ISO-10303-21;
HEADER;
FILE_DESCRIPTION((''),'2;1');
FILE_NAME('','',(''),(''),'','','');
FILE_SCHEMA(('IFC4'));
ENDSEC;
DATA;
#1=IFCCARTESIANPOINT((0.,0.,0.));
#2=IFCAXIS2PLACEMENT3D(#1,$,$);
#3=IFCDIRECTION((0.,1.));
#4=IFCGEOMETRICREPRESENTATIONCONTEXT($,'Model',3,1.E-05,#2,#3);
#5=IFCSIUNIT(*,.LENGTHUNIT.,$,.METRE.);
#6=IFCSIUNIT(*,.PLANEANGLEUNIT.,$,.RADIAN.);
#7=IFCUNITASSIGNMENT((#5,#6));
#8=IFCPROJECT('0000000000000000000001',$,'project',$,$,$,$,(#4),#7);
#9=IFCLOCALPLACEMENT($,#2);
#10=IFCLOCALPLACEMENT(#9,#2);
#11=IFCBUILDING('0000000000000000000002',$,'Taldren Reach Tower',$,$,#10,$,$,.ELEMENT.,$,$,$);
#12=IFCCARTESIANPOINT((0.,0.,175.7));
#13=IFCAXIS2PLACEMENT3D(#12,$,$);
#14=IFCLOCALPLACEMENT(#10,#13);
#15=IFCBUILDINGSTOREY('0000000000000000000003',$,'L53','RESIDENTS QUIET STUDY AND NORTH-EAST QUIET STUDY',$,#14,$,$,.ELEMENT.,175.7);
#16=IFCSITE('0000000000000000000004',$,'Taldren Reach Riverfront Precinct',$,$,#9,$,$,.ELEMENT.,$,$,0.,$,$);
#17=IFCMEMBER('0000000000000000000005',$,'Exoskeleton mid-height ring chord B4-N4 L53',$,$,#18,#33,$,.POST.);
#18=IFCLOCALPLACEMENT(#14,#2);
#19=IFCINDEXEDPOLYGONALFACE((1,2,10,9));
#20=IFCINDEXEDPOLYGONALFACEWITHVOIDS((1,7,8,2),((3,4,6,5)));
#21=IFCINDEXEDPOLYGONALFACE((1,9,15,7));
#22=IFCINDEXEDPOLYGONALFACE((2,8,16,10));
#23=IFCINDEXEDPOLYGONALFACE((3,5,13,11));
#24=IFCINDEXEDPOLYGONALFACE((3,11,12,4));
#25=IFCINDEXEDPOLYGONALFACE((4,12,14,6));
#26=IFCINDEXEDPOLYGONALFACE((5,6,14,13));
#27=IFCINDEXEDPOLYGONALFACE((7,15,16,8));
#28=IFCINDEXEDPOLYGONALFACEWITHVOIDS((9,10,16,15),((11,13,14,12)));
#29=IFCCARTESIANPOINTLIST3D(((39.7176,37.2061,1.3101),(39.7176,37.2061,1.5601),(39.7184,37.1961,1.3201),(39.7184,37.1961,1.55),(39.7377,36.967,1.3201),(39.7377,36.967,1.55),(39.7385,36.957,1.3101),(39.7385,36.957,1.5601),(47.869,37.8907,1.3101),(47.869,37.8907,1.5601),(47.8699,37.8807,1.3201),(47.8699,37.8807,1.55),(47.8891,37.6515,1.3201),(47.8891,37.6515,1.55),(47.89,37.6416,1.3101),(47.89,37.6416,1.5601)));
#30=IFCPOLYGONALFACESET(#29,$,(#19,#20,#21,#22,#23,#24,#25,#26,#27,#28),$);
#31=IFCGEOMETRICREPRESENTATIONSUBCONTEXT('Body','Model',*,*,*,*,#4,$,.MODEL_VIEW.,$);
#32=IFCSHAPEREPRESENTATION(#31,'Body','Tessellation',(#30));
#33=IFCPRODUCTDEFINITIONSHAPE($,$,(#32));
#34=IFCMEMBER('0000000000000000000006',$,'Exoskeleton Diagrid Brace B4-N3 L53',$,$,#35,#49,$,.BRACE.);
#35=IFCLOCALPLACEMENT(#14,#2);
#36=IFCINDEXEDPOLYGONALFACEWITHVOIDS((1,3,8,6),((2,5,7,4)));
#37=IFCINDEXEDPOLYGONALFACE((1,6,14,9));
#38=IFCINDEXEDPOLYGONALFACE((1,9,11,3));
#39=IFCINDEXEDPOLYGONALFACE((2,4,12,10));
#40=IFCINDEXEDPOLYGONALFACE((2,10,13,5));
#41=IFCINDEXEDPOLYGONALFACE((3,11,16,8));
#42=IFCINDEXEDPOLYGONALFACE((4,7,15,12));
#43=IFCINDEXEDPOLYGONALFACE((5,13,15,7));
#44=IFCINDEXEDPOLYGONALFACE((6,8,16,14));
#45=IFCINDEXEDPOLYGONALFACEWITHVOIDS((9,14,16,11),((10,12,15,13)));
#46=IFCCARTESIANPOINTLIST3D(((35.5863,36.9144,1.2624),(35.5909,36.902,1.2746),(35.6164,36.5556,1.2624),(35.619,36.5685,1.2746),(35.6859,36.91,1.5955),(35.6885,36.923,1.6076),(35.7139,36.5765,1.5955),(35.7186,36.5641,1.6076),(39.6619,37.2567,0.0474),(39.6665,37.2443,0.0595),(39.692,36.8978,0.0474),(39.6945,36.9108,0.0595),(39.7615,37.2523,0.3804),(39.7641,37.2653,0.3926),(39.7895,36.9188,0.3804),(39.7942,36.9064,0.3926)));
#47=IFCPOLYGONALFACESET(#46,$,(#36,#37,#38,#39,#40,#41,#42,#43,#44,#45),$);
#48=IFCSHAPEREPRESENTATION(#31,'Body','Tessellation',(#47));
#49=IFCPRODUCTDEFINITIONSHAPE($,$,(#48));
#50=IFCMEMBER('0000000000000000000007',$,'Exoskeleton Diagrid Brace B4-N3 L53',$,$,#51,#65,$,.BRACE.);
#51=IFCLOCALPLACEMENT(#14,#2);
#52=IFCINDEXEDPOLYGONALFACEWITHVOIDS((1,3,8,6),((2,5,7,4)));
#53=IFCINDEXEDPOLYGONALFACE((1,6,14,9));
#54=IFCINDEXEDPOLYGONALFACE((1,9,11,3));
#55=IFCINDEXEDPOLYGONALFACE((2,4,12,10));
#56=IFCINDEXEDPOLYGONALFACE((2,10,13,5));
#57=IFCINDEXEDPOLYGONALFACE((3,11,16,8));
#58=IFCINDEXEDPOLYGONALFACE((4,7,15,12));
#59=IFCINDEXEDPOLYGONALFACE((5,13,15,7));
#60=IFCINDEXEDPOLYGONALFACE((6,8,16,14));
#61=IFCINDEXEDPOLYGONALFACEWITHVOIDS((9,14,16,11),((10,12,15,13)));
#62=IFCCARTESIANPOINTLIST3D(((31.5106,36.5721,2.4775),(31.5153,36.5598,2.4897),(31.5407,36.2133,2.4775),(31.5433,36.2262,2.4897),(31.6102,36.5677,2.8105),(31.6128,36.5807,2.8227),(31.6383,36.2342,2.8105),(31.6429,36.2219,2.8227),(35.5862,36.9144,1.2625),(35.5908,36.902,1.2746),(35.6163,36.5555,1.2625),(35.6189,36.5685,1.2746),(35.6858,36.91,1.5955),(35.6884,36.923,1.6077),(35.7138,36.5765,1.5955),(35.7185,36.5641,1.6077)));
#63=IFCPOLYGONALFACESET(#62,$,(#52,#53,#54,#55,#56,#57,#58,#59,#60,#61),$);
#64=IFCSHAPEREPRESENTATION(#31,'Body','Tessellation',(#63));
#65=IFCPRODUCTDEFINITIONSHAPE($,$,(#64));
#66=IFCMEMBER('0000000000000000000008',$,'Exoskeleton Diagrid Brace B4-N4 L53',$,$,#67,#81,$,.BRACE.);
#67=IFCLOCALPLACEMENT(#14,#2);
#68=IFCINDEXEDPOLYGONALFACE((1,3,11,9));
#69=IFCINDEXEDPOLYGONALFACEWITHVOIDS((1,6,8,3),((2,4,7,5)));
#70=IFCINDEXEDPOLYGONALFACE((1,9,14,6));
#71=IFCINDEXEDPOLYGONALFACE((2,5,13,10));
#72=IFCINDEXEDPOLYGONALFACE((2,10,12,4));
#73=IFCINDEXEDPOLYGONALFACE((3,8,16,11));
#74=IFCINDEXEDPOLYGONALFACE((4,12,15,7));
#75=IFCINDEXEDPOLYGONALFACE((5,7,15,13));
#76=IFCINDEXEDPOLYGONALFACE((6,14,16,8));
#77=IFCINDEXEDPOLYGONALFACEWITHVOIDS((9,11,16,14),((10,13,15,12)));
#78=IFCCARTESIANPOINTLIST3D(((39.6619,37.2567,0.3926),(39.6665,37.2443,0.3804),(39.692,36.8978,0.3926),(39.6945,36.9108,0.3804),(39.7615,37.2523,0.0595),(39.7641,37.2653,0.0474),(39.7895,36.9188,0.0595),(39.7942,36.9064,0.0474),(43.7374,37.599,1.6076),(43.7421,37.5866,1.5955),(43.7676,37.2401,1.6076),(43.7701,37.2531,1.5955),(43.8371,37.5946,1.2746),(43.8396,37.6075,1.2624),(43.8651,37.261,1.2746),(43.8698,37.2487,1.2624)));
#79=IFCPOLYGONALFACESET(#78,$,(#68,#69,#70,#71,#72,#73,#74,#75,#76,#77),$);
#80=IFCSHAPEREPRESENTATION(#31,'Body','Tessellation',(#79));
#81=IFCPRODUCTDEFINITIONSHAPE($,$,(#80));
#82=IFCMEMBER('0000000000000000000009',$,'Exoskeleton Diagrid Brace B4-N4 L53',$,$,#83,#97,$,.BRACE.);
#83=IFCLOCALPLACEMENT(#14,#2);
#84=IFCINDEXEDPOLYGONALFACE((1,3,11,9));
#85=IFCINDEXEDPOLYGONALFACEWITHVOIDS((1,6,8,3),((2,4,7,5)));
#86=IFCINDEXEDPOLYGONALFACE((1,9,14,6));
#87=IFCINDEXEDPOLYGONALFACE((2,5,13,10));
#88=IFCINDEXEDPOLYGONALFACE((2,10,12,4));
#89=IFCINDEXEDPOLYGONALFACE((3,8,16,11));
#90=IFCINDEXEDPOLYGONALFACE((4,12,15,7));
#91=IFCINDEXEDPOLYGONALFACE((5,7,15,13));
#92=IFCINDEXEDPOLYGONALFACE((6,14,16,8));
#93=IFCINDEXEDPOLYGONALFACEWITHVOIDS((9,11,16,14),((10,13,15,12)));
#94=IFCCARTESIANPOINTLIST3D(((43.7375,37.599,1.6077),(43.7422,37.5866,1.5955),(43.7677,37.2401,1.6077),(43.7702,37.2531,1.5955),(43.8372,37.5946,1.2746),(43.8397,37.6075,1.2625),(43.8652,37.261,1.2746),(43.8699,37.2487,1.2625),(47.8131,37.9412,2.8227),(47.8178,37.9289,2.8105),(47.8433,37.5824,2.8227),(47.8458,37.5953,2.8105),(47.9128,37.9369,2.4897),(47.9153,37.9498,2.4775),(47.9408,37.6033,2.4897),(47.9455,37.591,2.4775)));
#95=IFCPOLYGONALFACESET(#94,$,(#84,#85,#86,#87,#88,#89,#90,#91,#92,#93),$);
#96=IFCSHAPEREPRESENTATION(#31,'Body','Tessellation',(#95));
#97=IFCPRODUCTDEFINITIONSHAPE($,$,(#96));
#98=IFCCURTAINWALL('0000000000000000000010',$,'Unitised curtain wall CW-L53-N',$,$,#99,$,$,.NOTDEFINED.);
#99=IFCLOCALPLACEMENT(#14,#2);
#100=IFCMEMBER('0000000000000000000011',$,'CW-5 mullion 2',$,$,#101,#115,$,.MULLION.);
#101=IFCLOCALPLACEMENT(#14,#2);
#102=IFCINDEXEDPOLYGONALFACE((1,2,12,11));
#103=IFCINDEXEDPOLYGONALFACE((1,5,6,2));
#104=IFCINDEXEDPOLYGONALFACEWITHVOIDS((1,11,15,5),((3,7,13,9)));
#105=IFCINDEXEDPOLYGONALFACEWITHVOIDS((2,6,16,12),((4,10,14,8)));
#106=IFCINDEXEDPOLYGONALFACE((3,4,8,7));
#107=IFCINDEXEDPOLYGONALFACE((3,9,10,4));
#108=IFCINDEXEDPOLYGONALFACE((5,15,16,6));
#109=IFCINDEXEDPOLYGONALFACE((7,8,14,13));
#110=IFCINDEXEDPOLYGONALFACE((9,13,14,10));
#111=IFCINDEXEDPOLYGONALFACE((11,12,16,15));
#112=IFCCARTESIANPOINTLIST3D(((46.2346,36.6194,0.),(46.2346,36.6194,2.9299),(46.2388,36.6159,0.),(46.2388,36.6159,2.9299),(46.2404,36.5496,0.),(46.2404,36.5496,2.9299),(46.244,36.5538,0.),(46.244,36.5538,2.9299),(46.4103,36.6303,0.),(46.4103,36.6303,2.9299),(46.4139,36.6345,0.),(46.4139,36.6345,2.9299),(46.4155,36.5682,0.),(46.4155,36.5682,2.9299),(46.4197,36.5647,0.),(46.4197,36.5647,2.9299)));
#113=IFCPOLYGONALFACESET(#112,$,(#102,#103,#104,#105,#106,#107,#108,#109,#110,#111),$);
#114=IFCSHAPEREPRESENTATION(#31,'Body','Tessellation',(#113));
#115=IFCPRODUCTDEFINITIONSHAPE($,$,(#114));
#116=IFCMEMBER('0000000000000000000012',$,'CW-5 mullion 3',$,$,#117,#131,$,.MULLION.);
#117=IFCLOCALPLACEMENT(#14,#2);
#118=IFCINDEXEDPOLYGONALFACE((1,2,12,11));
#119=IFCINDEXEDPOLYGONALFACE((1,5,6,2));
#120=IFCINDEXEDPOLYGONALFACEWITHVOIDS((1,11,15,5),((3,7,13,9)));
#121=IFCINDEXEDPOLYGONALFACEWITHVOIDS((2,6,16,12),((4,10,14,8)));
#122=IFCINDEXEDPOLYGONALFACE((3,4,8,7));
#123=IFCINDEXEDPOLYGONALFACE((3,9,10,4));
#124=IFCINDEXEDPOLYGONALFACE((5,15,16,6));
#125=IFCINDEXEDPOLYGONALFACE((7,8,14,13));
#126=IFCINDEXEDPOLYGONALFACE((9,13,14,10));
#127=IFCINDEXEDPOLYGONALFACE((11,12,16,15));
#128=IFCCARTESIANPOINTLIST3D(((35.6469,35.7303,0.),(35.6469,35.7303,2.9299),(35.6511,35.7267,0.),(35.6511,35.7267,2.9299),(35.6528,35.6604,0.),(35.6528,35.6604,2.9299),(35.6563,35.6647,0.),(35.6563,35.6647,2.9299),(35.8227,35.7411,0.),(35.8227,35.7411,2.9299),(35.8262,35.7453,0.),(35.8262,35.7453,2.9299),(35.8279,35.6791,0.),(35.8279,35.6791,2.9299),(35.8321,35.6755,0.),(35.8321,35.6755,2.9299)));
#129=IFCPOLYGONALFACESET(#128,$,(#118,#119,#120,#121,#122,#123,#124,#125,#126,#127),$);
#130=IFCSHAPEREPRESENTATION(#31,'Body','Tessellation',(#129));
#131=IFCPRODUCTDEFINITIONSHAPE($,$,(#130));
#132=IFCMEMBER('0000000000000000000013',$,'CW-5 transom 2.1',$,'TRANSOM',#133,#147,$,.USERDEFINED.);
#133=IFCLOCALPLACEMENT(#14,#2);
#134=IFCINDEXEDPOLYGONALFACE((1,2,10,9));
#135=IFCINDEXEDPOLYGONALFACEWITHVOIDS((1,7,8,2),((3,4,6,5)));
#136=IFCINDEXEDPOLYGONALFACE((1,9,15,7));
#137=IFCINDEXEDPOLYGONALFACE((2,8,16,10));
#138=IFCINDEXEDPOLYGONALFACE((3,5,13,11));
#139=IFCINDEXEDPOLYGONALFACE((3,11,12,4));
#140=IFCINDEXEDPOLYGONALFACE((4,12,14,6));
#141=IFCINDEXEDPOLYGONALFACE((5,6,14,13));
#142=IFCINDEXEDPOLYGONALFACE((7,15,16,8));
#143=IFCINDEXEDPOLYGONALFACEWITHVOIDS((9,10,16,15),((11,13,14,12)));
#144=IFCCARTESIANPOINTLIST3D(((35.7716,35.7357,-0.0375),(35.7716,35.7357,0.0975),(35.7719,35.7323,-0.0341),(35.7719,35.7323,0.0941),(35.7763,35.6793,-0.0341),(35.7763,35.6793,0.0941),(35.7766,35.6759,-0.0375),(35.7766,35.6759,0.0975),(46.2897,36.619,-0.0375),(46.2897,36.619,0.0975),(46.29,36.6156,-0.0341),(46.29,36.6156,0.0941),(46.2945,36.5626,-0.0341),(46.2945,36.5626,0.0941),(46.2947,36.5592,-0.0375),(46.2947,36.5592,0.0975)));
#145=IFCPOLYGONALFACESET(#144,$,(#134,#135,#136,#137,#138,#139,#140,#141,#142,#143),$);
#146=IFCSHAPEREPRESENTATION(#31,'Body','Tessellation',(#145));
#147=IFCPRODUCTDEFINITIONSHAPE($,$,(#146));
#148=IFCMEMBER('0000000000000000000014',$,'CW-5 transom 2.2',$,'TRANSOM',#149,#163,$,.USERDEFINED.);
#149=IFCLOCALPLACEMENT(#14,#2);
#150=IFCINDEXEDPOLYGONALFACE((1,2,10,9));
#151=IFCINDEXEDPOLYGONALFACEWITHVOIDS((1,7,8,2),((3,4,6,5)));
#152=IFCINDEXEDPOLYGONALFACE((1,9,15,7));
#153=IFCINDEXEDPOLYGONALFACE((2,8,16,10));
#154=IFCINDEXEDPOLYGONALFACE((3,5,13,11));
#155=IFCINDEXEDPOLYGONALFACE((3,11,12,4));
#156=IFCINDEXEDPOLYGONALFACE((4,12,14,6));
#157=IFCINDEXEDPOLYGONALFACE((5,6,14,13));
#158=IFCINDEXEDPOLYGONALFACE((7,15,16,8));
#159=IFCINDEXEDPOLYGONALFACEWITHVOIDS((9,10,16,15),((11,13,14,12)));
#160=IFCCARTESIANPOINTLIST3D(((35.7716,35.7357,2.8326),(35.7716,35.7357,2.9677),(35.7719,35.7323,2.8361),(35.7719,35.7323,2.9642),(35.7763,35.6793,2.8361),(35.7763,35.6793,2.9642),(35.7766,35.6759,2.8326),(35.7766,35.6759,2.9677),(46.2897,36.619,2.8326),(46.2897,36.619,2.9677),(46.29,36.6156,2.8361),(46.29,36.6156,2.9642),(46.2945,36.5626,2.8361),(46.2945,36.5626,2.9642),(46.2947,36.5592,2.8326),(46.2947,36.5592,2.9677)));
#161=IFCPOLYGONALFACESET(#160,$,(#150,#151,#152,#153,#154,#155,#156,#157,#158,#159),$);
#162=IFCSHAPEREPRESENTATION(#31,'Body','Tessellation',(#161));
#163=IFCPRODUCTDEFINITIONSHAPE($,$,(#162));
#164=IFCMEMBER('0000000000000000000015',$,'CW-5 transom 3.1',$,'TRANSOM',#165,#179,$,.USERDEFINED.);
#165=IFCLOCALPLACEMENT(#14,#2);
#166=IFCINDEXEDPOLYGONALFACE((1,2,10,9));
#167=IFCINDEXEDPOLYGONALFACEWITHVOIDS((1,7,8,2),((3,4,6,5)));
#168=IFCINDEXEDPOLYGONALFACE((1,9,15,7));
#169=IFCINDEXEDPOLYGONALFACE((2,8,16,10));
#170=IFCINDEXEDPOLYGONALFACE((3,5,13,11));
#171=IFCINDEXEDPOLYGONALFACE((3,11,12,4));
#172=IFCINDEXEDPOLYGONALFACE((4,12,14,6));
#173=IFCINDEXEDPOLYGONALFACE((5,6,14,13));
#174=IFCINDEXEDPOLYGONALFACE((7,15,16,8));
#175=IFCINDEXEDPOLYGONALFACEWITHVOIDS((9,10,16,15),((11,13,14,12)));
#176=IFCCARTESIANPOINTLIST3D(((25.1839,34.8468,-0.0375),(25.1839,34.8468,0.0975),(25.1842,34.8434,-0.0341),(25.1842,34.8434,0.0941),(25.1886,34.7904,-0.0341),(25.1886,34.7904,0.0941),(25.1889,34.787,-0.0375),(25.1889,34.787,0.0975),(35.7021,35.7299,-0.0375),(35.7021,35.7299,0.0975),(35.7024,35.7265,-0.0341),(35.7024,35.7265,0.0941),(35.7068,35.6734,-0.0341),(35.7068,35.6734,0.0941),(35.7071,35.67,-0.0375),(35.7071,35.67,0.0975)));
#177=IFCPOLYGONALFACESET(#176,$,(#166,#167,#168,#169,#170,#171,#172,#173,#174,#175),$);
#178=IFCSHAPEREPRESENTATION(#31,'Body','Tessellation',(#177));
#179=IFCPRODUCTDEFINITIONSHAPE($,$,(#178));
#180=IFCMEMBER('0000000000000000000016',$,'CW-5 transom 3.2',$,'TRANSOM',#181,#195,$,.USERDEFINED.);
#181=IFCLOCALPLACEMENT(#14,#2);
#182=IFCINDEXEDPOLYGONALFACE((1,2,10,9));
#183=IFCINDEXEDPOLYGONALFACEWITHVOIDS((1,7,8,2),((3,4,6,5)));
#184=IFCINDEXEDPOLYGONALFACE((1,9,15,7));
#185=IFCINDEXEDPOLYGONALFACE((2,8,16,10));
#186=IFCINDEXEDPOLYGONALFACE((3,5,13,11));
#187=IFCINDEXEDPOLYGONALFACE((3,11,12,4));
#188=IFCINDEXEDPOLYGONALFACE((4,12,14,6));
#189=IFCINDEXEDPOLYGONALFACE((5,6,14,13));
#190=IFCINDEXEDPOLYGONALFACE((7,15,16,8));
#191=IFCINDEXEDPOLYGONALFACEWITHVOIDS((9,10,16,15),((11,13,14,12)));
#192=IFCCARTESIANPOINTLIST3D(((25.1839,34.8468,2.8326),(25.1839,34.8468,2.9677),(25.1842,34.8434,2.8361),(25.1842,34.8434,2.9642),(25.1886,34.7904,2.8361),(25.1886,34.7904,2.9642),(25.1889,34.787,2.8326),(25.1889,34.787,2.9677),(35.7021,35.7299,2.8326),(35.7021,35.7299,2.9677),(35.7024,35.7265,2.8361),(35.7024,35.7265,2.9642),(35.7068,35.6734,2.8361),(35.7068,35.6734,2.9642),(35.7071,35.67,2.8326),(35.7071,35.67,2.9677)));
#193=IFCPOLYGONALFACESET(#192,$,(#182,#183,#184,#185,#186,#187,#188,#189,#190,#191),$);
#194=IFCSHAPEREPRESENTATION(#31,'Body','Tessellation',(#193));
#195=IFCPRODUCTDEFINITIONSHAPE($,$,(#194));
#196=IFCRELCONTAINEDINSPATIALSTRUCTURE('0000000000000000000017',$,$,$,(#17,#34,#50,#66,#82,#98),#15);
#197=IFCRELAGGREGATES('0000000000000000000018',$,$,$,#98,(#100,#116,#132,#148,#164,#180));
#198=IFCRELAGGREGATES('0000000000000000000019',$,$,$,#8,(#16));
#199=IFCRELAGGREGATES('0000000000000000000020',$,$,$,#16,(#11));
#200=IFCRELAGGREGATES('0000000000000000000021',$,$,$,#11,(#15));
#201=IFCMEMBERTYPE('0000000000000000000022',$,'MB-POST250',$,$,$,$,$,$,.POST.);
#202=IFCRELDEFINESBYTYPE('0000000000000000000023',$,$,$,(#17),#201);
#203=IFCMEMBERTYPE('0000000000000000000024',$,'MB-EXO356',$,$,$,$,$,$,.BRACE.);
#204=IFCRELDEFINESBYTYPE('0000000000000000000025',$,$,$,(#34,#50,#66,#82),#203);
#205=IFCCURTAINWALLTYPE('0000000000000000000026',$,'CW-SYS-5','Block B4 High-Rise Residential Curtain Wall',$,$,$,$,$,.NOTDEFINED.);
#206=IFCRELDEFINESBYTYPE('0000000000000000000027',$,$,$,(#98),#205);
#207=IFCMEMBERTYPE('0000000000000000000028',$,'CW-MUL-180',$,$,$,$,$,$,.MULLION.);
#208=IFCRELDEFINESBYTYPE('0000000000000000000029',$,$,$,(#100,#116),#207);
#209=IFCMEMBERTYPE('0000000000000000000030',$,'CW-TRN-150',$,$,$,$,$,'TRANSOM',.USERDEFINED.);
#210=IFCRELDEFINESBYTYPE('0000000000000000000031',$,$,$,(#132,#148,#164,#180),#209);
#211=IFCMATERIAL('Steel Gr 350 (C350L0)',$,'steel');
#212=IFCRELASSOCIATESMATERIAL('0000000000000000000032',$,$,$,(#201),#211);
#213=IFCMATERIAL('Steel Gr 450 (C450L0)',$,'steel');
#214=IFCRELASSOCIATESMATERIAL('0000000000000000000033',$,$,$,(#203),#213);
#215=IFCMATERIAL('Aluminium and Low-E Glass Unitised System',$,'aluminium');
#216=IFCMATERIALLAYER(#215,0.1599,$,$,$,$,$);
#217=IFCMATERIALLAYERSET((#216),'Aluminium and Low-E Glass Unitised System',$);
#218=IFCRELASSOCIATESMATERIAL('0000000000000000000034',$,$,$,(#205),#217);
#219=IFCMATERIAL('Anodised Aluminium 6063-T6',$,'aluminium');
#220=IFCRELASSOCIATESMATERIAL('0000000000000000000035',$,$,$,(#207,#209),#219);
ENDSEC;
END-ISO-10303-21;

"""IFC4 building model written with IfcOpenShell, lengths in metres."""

from ifc_helpers import new_model, si_unit, direction, frame, origin, origin_2d, place, context, subcontext, project, spatial, hollow_rectangle, extrude, source, transform, mapped, material, layer, layer_set, material_profile, profile_set, type_object, element, aggregate, save


model = new_model("IFC4")

# Units and contexts
model_context = context("Model", 3, precision=1e-05, world=origin(), true_north=direction((0.0, 1.0)))
body_context = subcontext(model_context, "Body", "Model", "MODEL_VIEW")
ifc_project = project(units=[si_unit("LENGTHUNIT", "METRE"), si_unit("PLANEANGLEUNIT", "RADIAN")], contexts=[model_context])

# Site, building, storey
site_placement = place(None, origin())
site = spatial("IfcSite", under=ifc_project, at=site_placement, Name="Taldren Reach Riverfront Precinct", CompositionType="ELEMENT", RefElevation=0.0)
building_placement = place(site_placement, origin())
building = spatial("IfcBuilding", under=site, at=building_placement, Name="Taldren Reach Tower", CompositionType="ELEMENT")
storey_placement = place(building_placement, frame((0.0, 0.0, 175.7)))
storey = spatial("IfcBuildingStorey", under=building, at=storey_placement, Name="L53", Description="RESIDENTS QUIET STUDY AND NORTH-EAST QUIET STUDY", CompositionType="ELEMENT", Elevation=175.7)

# Shared definitions
ifc_material_1 = material(Name="Steel Gr 450 (C450L0)", Category="steel")

# Shared definitions
ifc_material_2 = material(Name="Steel Gr 350 (C350L0)", Category="steel")
ifc_material_profile_1 = material_profile(ifc_material_2, hollow_rectangle(XDim=0.25, YDim=0.25, WallThickness=0.01, at=origin_2d()), Name="250x250x10.0SHS")
ifc_profile_set_1 = profile_set([ifc_material_profile_1], Name="Steel Gr 350 (C350L0)")
member_type_1 = type_object("IfcMemberType", Name="MB-POST250", PredefinedType="POST", material=ifc_profile_set_1)

# Members
shared_shape_1 = source(origin(), body_context, "Body", "SweptSolid", [
    extrude(hollow_rectangle(XDim=0.25, YDim=0.25, WallThickness=0.01, at=origin_2d()), origin(), (0.0, 0.0, 1.0), 8.1802),
])
member_1_placement = place(storey_placement, frame((39.728, 37.0815, 1.4351), z_axis=(0.996492, 0.083688, 0.0), x_axis=(-0.083688, 0.996492, 0.0)))
element("IfcMember", 1, at=member_1_placement, inside=storey, type_object=member_type_1, Name="Exoskeleton mid-height ring chord B4-N4 L53", PredefinedType="POST", context=body_context, shape_type="MappedRepresentation", body=[
    mapped(shared_shape_1, transform((0.0, 0.0, 0.0), scale=1.0)),
])
ifc_material_profile_2 = material_profile(ifc_material_1, hollow_rectangle(XDim=0.3601, YDim=0.3601, WallThickness=0.0127, at=origin_2d()), Name="360x360x12.7SHS")
ifc_profile_set_2 = profile_set([ifc_material_profile_2], Name="Steel Gr 450 (C450L0)")
member_type_2 = type_object("IfcMemberType", Name="MB-EXO356", PredefinedType="BRACE", material=ifc_profile_set_2)
shared_shape_2 = source(origin(), body_context, "Body", "SweptSolid", [
    extrude(hollow_rectangle(XDim=0.3601, YDim=0.3601, WallThickness=0.0127, at=origin_2d()), origin(), (0.0, 0.0, 1.0), 4.2666),
])
for number, where, z_axis, x_axis, name in (
    (2, (39.728, 37.0815, 0.22), (-0.955229, -0.080222, 0.284783), (0.083688, -0.996492, 0.0), "Exoskeleton Diagrid Brace B4-N3 L53"),
    (3, (35.6523, 36.7393, 1.4351), (-0.955229, -0.080222, 0.284783), (0.083688, -0.996492, 0.0), "Exoskeleton Diagrid Brace B4-N3 L53"),
    (4, (39.728, 37.0815, 0.22), (0.955229, 0.080222, 0.284783), (-0.083688, 0.996492, 0.0), "Exoskeleton Diagrid Brace B4-N4 L53"),
    (5, (43.8037, 37.4238, 1.4351), (0.955229, 0.080222, 0.284783), (-0.083688, 0.996492, 0.0), "Exoskeleton Diagrid Brace B4-N4 L53"),
):
    element("IfcMember", number, at=place(storey_placement, frame(where, z_axis=z_axis, x_axis=x_axis)), inside=storey, type_object=member_type_2, Name=name, PredefinedType="BRACE", context=body_context, shape_type="MappedRepresentation", body=[
        mapped(shared_shape_2, transform((0.0, 0.0, 0.0), scale=1.0)),
    ])

# Curtain wall, members
ifc_material_3 = material(Name="Aluminium and Low-E Glass Unitised System", Category="aluminium")
ifc_layer_1 = layer(ifc_material_3, 0.1599)
ifc_layer_set_1 = layer_set([ifc_layer_1], Name="Aluminium and Low-E Glass Unitised System")
curtain_wall_type = type_object("IfcCurtainWallType", Name="CW-SYS-5", Description="Block B4 High-Rise Residential Curtain Wall", PredefinedType="NOTDEFINED", material=ifc_layer_set_1)
curtain_wall_placement = place(storey_placement, origin())
curtain_wall = element("IfcCurtainWall", 6, at=curtain_wall_placement, inside=storey, type_object=curtain_wall_type, Name="Unitised curtain wall CW-L53-N", PredefinedType="NOTDEFINED")
ifc_material_4 = material(Name="Anodised Aluminium 6063-T6", Category="aluminium")
ifc_material_profile_3 = material_profile(ifc_material_4, hollow_rectangle(XDim=0.0701, YDim=0.1799, WallThickness=0.0039, at=origin_2d()), Name="ALU-180x70x4RHS")
ifc_profile_set_3 = profile_set([ifc_material_profile_3], Name="Anodised Aluminium 6063-T6")
member_type_3 = type_object("IfcMemberType", Name="CW-MUL-180", PredefinedType="MULLION", material=ifc_profile_set_3)
shared_shape_3 = source(origin(), body_context, "Body", "SweptSolid", [
    extrude(hollow_rectangle(XDim=0.0701, YDim=0.1799, WallThickness=0.0039, at=origin_2d()), origin(), (0.0, 0.0, 1.0), 2.9299),
])
member_2_placement = place(storey_placement, frame((46.3271, 36.592, 0.0), z_axis=(0.0, 0.0, 1.0), x_axis=(0.083678, -0.996493, 0.0)))
member_2 = element("IfcMember", 7, at=member_2_placement, type_object=member_type_3, Name="CW-5 mullion 2", PredefinedType="MULLION", context=body_context, shape_type="MappedRepresentation", body=[
    mapped(shared_shape_3, transform((0.0, 0.0, 0.0), scale=1.0)),
])
member_3_placement = place(storey_placement, frame((35.7395, 35.7029, 0.0), z_axis=(0.0, 0.0, 1.0), x_axis=(0.083678, -0.996493, 0.0)))
member_3 = element("IfcMember", 8, at=member_3_placement, type_object=member_type_3, Name="CW-5 mullion 3", PredefinedType="MULLION", context=body_context, shape_type="MappedRepresentation", body=[
    mapped(shared_shape_3, transform((0.0, 0.0, 0.0), scale=1.0)),
])
ifc_material_profile_4 = material_profile(ifc_material_4, hollow_rectangle(XDim=0.0601, YDim=0.135, WallThickness=0.0034, at=origin_2d()), Name="ALU-135x60x3.5RHS")
ifc_profile_set_4 = profile_set([ifc_material_profile_4], Name="Anodised Aluminium 6063-T6")
member_type_4 = type_object("IfcMemberType", Name="CW-TRN-150", ElementType="TRANSOM", PredefinedType="USERDEFINED", material=ifc_profile_set_4)
shared_shape_4 = source(origin(), body_context, "Body", "SweptSolid", [
    extrude(hollow_rectangle(XDim=0.0601, YDim=0.135, WallThickness=0.0034, at=origin_2d()), origin(), (0.0, 0.0, 1.0), 10.5552),
])
member_4_placement = place(storey_placement, frame((46.2922, 36.5891, 0.03), z_axis=(-0.996492, -0.083685, 0.0), x_axis=(0.083685, -0.996492, 0.0)))
member_4 = element("IfcMember", 9, at=member_4_placement, type_object=member_type_4, Name="CW-5 transom 2.1", ObjectType="TRANSOM", PredefinedType="USERDEFINED", context=body_context, shape_type="MappedRepresentation", body=[
    mapped(shared_shape_4, transform((0.0, 0.0, 0.0), scale=1.0)),
])
member_5_placement = place(storey_placement, frame((46.2922, 36.5891, 2.9001), z_axis=(-0.996492, -0.083685, 0.0), x_axis=(0.083685, -0.996492, 0.0)))
member_5 = element("IfcMember", 10, at=member_5_placement, type_object=member_type_4, Name="CW-5 transom 2.2", ObjectType="TRANSOM", PredefinedType="USERDEFINED", context=body_context, shape_type="MappedRepresentation", body=[
    mapped(shared_shape_4, transform((0.0, 0.0, 0.0), scale=1.0)),
])
member_6_placement = place(storey_placement, frame((35.7046, 35.7, 0.03), z_axis=(-0.996494, -0.083662, 0.0), x_axis=(0.083662, -0.996494, 0.0)))
member_6 = element("IfcMember", 11, at=member_6_placement, type_object=member_type_4, Name="CW-5 transom 3.1", ObjectType="TRANSOM", PredefinedType="USERDEFINED", context=body_context, shape_type="MappedRepresentation", body=[
    mapped(shared_shape_4, transform((0.0, 0.0, 0.0), scale=1.0)),
])
member_7_placement = place(storey_placement, frame((35.7046, 35.7, 2.9001), z_axis=(-0.996494, -0.083662, 0.0), x_axis=(0.083662, -0.996494, 0.0)))
member_7 = element("IfcMember", 12, at=member_7_placement, type_object=member_type_4, Name="CW-5 transom 3.2", ObjectType="TRANSOM", PredefinedType="USERDEFINED", context=body_context, shape_type="MappedRepresentation", body=[
    mapped(shared_shape_4, transform((0.0, 0.0, 0.0), scale=1.0)),
])

aggregate(curtain_wall, [member_2, member_3, member_4, member_5, member_6, member_7])

save(model, "model.ifc")
